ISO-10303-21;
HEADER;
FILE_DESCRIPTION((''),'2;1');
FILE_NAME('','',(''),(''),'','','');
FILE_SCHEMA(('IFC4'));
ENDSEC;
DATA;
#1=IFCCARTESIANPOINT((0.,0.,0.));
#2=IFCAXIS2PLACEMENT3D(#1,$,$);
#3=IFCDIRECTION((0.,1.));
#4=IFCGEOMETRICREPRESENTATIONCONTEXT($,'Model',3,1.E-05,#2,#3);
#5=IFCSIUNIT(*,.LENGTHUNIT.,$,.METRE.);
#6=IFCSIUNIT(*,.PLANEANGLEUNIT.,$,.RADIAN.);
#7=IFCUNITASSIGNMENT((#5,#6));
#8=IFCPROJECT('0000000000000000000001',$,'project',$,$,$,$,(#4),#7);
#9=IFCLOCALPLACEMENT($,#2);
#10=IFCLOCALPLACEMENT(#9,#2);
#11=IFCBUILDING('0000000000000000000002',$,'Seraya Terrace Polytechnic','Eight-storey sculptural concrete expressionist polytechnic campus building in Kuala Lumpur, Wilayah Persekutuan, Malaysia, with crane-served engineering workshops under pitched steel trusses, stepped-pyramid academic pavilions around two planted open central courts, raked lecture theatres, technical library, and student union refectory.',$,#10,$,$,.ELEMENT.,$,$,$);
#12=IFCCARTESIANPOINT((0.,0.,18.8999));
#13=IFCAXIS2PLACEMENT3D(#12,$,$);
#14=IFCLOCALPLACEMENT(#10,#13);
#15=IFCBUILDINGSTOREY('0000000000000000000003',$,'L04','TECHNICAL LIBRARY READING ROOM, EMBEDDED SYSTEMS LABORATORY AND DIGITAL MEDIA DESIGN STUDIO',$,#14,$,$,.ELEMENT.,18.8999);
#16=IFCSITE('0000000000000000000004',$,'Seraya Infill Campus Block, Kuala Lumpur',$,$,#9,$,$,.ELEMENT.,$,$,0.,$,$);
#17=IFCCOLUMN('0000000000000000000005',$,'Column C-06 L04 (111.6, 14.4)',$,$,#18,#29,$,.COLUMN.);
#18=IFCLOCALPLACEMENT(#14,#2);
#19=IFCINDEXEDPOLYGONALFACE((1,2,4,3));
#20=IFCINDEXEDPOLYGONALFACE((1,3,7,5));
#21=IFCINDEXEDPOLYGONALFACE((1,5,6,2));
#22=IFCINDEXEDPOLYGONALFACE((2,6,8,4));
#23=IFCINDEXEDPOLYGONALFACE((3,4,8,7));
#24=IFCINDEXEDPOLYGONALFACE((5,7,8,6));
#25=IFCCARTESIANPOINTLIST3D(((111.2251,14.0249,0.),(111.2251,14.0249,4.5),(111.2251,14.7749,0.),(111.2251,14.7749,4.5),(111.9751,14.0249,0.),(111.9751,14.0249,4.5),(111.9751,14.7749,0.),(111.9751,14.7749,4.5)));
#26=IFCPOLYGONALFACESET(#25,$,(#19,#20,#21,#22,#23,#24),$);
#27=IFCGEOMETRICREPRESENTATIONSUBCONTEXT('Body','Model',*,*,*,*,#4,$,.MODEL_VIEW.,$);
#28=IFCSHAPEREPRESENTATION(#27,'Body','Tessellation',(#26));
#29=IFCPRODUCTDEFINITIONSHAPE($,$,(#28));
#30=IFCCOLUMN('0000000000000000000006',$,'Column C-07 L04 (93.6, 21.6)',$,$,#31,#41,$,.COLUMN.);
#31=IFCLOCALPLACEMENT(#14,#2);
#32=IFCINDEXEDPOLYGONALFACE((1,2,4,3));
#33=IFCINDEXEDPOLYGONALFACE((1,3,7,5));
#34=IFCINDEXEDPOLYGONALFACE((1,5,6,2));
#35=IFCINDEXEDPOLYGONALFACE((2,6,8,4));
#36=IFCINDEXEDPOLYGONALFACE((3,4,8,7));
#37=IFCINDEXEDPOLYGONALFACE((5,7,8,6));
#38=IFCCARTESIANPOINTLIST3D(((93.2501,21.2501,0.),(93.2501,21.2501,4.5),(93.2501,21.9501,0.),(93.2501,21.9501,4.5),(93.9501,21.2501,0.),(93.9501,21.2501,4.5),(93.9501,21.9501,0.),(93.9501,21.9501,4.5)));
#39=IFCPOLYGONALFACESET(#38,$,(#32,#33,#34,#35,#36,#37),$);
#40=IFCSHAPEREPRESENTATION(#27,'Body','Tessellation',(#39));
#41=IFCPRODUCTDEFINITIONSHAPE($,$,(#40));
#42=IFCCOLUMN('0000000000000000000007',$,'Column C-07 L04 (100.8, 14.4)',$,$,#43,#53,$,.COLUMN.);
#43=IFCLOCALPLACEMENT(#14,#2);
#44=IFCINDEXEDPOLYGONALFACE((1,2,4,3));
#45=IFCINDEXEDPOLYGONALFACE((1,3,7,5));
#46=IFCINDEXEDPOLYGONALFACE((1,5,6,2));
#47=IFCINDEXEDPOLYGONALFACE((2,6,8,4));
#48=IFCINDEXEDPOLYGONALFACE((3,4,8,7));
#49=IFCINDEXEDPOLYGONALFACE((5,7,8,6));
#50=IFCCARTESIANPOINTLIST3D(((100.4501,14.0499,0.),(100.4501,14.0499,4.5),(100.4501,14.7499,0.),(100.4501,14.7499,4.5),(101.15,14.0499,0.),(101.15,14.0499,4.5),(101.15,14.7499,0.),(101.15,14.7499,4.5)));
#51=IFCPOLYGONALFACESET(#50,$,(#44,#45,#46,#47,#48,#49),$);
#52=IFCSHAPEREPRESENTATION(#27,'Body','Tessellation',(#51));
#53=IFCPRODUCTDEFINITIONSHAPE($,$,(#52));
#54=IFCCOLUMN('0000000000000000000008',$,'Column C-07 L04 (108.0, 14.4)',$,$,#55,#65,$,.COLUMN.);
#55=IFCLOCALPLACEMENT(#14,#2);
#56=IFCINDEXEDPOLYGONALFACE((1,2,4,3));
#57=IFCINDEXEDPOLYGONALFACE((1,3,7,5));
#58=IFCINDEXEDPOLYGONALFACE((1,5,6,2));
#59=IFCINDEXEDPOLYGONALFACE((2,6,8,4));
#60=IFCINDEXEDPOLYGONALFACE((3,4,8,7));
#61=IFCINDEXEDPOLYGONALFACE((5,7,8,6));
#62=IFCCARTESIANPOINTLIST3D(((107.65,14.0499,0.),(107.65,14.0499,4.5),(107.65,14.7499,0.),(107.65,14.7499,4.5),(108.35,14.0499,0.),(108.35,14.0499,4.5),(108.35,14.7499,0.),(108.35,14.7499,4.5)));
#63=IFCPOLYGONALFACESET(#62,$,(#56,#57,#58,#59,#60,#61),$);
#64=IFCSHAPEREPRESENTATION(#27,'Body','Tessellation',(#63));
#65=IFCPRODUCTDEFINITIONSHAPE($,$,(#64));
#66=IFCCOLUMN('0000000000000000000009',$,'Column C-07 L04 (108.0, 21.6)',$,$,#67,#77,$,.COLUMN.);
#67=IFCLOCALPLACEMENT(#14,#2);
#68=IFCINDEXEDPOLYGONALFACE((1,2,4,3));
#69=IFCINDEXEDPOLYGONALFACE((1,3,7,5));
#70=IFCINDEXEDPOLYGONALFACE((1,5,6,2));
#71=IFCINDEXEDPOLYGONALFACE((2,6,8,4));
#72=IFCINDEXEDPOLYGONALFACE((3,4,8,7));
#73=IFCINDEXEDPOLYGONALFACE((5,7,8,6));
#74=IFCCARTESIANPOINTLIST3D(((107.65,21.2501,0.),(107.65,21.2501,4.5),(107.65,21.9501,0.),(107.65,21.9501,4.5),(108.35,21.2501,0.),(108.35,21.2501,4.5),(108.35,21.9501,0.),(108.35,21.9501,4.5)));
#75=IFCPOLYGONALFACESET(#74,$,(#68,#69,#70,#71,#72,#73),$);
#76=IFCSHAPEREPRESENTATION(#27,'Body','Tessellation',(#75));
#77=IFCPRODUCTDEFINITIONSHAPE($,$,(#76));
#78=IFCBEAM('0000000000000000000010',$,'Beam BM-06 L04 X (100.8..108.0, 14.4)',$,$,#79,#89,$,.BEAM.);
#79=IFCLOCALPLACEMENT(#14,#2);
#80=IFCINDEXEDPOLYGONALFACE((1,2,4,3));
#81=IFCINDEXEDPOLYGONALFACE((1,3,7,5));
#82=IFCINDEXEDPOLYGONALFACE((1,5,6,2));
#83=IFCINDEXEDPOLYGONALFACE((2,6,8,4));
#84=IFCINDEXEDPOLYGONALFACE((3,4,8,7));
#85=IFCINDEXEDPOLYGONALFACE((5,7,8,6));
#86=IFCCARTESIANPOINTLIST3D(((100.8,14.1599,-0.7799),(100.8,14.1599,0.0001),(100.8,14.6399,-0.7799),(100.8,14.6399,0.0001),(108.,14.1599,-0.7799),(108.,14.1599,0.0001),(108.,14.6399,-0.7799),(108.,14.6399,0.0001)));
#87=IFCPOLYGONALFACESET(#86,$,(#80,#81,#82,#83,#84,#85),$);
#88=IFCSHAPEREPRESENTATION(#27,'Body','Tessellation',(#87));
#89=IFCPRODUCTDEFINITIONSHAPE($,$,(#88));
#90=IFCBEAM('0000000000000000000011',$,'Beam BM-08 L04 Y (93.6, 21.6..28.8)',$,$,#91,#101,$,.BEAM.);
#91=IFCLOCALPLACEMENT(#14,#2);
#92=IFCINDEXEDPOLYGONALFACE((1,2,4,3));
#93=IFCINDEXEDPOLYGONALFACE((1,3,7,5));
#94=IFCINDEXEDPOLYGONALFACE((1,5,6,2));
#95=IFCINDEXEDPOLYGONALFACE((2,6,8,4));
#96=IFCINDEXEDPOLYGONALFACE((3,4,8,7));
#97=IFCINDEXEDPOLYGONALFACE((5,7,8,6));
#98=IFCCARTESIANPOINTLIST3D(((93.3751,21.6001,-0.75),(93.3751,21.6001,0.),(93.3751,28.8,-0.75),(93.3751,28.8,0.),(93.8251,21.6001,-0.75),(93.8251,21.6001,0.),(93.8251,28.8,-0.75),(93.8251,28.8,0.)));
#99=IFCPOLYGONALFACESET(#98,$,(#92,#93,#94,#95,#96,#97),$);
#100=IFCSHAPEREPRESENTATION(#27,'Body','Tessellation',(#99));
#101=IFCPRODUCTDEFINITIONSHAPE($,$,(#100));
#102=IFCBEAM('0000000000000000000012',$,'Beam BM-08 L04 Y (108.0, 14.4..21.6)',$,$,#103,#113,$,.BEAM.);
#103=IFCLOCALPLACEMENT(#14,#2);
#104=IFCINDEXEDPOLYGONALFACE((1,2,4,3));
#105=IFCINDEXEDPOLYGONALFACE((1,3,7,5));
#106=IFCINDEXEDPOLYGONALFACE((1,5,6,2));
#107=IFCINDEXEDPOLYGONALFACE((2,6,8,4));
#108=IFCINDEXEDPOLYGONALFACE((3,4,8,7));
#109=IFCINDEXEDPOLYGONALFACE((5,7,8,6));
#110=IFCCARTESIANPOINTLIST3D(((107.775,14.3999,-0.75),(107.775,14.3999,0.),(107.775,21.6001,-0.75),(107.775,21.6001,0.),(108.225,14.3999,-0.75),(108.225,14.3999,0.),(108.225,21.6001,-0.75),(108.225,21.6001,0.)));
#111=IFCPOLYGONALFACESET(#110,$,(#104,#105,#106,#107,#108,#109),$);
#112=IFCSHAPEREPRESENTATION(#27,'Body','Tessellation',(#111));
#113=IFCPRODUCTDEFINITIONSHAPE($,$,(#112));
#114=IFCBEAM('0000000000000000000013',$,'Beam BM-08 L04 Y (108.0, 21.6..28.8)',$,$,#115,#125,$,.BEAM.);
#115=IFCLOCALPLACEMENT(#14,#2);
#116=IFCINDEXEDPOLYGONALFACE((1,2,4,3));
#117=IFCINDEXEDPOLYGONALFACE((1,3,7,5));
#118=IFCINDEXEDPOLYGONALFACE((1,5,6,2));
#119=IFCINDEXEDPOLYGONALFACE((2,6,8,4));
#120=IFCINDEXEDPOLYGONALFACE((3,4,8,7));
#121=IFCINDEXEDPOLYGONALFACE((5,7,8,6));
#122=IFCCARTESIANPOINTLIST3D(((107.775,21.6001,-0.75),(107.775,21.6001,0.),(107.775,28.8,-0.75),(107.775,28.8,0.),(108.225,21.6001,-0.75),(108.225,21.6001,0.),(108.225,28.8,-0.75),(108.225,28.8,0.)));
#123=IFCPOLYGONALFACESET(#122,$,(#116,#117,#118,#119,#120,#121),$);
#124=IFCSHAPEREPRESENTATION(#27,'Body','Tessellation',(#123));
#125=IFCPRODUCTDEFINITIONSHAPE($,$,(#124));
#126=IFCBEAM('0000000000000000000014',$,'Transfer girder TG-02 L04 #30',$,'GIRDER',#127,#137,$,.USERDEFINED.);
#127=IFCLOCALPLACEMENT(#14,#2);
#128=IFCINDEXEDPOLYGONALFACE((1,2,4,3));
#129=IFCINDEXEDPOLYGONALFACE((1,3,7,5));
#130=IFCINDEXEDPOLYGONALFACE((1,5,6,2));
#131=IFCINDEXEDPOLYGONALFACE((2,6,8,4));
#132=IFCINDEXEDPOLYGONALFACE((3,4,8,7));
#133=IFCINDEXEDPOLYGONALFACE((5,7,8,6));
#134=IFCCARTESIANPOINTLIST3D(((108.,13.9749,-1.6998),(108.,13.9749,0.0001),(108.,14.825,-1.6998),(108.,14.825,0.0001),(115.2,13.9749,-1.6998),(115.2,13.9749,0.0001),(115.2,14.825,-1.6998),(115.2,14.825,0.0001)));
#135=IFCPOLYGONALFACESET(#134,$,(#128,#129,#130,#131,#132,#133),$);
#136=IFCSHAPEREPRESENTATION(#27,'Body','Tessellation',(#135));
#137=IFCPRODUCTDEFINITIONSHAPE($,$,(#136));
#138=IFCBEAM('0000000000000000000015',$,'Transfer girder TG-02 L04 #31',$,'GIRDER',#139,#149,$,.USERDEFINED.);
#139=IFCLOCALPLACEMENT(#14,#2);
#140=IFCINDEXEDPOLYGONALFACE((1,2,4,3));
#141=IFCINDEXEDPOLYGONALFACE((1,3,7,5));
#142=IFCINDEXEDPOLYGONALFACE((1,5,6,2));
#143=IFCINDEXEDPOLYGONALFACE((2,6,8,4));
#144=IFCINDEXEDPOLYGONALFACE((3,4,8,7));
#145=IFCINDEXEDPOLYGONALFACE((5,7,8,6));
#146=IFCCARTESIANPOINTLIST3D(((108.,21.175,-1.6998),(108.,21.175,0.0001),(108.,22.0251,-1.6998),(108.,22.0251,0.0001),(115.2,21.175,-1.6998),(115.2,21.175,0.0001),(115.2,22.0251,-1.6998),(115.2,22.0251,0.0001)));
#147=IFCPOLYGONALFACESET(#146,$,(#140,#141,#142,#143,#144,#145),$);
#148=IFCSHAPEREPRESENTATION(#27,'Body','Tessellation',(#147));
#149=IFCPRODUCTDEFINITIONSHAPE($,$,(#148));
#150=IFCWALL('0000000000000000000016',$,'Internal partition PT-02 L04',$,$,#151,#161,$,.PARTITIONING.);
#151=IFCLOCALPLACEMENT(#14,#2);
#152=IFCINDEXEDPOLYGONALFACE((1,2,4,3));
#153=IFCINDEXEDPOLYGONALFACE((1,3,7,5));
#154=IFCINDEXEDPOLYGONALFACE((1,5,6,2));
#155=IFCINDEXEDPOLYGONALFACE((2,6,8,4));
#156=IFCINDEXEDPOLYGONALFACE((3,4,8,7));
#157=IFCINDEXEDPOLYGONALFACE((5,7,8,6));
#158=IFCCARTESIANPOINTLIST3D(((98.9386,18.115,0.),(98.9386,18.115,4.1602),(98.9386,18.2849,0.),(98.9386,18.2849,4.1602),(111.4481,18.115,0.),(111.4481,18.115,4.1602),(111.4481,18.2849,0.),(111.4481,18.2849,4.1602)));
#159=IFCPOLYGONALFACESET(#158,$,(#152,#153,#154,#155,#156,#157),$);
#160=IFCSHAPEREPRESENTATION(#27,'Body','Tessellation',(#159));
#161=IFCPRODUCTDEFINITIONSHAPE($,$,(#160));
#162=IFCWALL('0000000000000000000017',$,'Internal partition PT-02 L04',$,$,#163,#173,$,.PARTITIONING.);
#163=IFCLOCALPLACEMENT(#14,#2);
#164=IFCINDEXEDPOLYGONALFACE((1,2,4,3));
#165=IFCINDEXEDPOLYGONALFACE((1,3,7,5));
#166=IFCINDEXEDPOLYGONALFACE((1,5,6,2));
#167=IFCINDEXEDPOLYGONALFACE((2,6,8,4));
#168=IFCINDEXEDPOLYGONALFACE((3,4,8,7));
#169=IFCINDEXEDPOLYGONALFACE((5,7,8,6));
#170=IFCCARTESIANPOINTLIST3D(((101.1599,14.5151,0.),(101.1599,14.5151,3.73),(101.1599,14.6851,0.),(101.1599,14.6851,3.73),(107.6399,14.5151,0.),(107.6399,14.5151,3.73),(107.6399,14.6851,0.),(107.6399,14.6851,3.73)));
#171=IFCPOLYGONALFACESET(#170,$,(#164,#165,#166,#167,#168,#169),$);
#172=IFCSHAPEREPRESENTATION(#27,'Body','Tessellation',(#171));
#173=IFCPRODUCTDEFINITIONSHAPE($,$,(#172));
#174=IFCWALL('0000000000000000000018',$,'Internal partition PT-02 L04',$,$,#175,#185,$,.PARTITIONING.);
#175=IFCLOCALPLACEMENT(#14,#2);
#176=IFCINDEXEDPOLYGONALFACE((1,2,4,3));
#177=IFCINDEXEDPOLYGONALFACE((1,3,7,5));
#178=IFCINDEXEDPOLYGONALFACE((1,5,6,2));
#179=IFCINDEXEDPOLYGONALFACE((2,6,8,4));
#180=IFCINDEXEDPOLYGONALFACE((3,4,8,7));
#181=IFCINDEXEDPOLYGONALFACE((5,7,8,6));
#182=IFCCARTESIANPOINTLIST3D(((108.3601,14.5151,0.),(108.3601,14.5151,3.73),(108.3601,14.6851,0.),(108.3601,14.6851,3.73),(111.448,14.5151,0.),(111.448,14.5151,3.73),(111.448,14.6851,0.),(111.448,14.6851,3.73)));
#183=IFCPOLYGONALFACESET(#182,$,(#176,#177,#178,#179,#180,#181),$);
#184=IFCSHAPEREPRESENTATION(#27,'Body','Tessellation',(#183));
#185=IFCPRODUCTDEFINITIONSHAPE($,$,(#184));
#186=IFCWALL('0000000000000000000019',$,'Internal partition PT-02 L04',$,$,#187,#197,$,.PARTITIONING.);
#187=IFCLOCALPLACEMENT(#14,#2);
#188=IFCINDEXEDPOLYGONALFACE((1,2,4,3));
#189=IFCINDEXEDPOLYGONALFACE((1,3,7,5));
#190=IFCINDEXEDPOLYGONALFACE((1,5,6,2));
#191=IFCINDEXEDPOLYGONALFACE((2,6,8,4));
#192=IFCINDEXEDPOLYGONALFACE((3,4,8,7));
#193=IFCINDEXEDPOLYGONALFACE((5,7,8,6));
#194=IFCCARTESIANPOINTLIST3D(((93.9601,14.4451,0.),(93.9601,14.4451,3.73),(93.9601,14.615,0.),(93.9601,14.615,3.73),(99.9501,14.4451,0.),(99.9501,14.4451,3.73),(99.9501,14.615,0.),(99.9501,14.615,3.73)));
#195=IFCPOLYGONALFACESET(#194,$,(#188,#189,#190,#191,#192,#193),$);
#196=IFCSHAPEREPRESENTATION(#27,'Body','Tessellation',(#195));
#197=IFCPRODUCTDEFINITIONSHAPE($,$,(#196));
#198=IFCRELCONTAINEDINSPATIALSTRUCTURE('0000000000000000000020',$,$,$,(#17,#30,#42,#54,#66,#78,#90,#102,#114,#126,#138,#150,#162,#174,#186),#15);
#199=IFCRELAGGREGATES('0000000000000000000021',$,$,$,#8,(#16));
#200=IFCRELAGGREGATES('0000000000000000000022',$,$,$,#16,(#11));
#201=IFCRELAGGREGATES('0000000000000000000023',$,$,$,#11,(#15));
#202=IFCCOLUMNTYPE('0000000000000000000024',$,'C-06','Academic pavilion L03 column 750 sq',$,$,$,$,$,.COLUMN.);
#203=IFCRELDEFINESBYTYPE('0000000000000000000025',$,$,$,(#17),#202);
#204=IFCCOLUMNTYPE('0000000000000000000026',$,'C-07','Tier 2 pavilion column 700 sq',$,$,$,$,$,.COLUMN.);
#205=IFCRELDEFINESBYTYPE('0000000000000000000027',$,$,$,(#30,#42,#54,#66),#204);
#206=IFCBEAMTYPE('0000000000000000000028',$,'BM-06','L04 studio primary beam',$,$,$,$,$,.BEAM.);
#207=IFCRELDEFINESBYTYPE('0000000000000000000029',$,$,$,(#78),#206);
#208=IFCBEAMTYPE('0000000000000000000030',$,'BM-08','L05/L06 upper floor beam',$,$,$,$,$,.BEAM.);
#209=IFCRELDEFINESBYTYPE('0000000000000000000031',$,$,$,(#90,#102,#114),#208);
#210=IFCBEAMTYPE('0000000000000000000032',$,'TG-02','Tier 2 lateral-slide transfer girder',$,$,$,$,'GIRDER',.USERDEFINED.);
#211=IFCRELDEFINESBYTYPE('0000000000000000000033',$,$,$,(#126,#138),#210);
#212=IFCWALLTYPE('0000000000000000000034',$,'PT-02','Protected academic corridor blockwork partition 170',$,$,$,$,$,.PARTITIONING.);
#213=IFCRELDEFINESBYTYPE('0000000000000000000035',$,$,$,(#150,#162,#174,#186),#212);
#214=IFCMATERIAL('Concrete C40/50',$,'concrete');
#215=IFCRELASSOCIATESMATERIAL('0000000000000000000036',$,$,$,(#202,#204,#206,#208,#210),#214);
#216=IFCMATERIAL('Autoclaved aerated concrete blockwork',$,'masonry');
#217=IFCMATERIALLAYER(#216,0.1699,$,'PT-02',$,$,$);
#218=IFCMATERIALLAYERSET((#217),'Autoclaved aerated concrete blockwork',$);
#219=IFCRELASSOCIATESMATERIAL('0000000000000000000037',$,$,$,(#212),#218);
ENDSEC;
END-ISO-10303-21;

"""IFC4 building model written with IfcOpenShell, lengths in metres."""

from ifc_helpers import new_model, si_unit, direction, frame, frame_2d, origin, origin_2d, place, context, subcontext, project, spatial, rectangle, extrude, material, layer, layer_set, material_profile, profile_set, type_object, element, save


model = new_model("IFC4")

# Units and contexts
model_context = context("Model", 3, precision=1e-05, world=origin(), true_north=direction((0.0, 1.0)))
body_context = subcontext(model_context, "Body", "Model", "MODEL_VIEW")
ifc_project = project(units=[si_unit("LENGTHUNIT", "METRE"), si_unit("PLANEANGLEUNIT", "RADIAN")], contexts=[model_context])

# Site, building, storey
site_placement = place(None, origin())
site = spatial("IfcSite", under=ifc_project, at=site_placement, Name="Seraya Infill Campus Block, Kuala Lumpur", CompositionType="ELEMENT", RefElevation=0.0)
building_placement = place(site_placement, origin())
building = spatial("IfcBuilding", under=site, at=building_placement, Name="Seraya Terrace Polytechnic", Description="Eight-storey sculptural concrete expressionist polytechnic campus building in Kuala Lumpur, Wilayah Persekutuan, Malaysia, with crane-served engineering workshops under pitched steel trusses, stepped-pyramid academic pavilions around two planted open central courts, raked lecture theatres, technical library, and student union refectory.", CompositionType="ELEMENT")
storey_placement = place(building_placement, frame((0.0, 0.0, 18.8999)))
storey = spatial("IfcBuildingStorey", under=building, at=storey_placement, Name="L04", Description="TECHNICAL LIBRARY READING ROOM, EMBEDDED SYSTEMS LABORATORY AND DIGITAL MEDIA DESIGN STUDIO", CompositionType="ELEMENT", Elevation=18.8999)

# Columns
ifc_material_1 = material(Name="Concrete C40/50", Category="concrete")
ifc_material_profile_1 = material_profile(ifc_material_1, rectangle(XDim=0.75, YDim=0.75, at=origin_2d()), Name="RC 750x750")
ifc_profile_set_1 = profile_set([ifc_material_profile_1], Name="Concrete C40/50")
column_type_1 = type_object("IfcColumnType", Name="C-06", Description="Academic pavilion L03 column 750 sq", PredefinedType="COLUMN", material=ifc_profile_set_1)
column_placement = place(storey_placement, frame((111.6001, 14.3999, 0.0), z_axis=(0.0, 0.0, 1.0), x_axis=(1.0, 0.0, 0.0)))
element("IfcColumn", 1, at=column_placement, inside=storey, type_object=column_type_1, Name="Column C-06 L04 (111.6, 14.4)", PredefinedType="COLUMN", context=body_context, shape_type="SweptSolid", body=[
    extrude(rectangle(XDim=0.75, YDim=0.75, at=origin_2d()), origin(), (0.0, 0.0, 1.0), 4.5),
])
ifc_material_profile_2 = material_profile(ifc_material_1, rectangle(XDim=0.7, YDim=0.7, at=origin_2d()), Name="RC 700x700")
ifc_profile_set_2 = profile_set([ifc_material_profile_2], Name="Concrete C40/50")
column_type_2 = type_object("IfcColumnType", Name="C-07", Description="Tier 2 pavilion column 700 sq", PredefinedType="COLUMN", material=ifc_profile_set_2)
for number, where, z_axis, x_axis, name in (
    (2, (93.6001, 21.6001, 0.0), (0.0, 0.0, 1.0), (1.0, 0.0, 0.0), "Column C-07 L04 (93.6, 21.6)"),
    (3, (100.8, 14.3999, 0.0), (0.0, 0.0, 1.0), (1.0, 0.0, 0.0), "Column C-07 L04 (100.8, 14.4)"),
    (4, (108.0, 14.3999, 0.0), (0.0, 0.0, 1.0), (1.0, 0.0, 0.0), "Column C-07 L04 (108.0, 14.4)"),
    (5, (108.0, 21.6001, 0.0), (0.0, 0.0, 1.0), (1.0, 0.0, 0.0), "Column C-07 L04 (108.0, 21.6)"),
):
    element("IfcColumn", number, at=place(storey_placement, frame(where, z_axis=z_axis, x_axis=x_axis)), inside=storey, type_object=column_type_2, Name=name, PredefinedType="COLUMN", context=body_context, shape_type="SweptSolid", body=[
        extrude(rectangle(XDim=0.7, YDim=0.7, at=origin_2d()), origin(), (0.0, 0.0, 1.0), 4.5),
    ])

# Beams
ifc_material_profile_3 = material_profile(ifc_material_1, rectangle(XDim=0.48, YDim=0.78, at=origin_2d()), Name="RC 480x780")
ifc_profile_set_3 = profile_set([ifc_material_profile_3], Name="Concrete C40/50")
beam_type_1 = type_object("IfcBeamType", Name="BM-06", Description="L04 studio primary beam", PredefinedType="BEAM", material=ifc_profile_set_3)
beam_1_placement = place(storey_placement, frame((100.8, 14.3999, -0.3899), z_axis=(1.0, 0.0, 0.0), x_axis=(0.0, 1.0, 0.0)))
element("IfcBeam", 6, at=beam_1_placement, inside=storey, type_object=beam_type_1, Name="Beam BM-06 L04 X (100.8..108.0, 14.4)", PredefinedType="BEAM", context=body_context, shape_type="SweptSolid", body=[
    extrude(rectangle(XDim=0.48, YDim=0.78, at=origin_2d()), origin(), (0.0, 0.0, 1.0), 7.2),
])
ifc_material_profile_4 = material_profile(ifc_material_1, rectangle(XDim=0.45, YDim=0.75, at=origin_2d()), Name="RC 450x750")
ifc_profile_set_4 = profile_set([ifc_material_profile_4], Name="Concrete C40/50")
beam_type_2 = type_object("IfcBeamType", Name="BM-08", Description="L05/L06 upper floor beam", PredefinedType="BEAM", material=ifc_profile_set_4)
beam_2_placement = place(storey_placement, frame((93.6001, 21.6001, -0.375), z_axis=(0.0, 1.0, 0.0), x_axis=(-1.0, 0.0, 0.0)))
element("IfcBeam", 7, at=beam_2_placement, inside=storey, type_object=beam_type_2, Name="Beam BM-08 L04 Y (93.6, 21.6..28.8)", PredefinedType="BEAM", context=body_context, shape_type="SweptSolid", body=[
    extrude(rectangle(XDim=0.45, YDim=0.75, at=origin_2d()), origin(), (0.0, 0.0, 1.0), 7.2),
])
beam_3_placement = place(storey_placement, frame((108.0, 14.3999, -0.375), z_axis=(0.0, 1.0, 0.0), x_axis=(-1.0, 0.0, 0.0)))
element("IfcBeam", 8, at=beam_3_placement, inside=storey, type_object=beam_type_2, Name="Beam BM-08 L04 Y (108.0, 14.4..21.6)", PredefinedType="BEAM", context=body_context, shape_type="SweptSolid", body=[
    extrude(rectangle(XDim=0.45, YDim=0.75, at=origin_2d()), origin(), (0.0, 0.0, 1.0), 7.2002),
])
beam_4_placement = place(storey_placement, frame((108.0, 21.6001, -0.375), z_axis=(0.0, 1.0, 0.0), x_axis=(-1.0, 0.0, 0.0)))
element("IfcBeam", 9, at=beam_4_placement, inside=storey, type_object=beam_type_2, Name="Beam BM-08 L04 Y (108.0, 21.6..28.8)", PredefinedType="BEAM", context=body_context, shape_type="SweptSolid", body=[
    extrude(rectangle(XDim=0.45, YDim=0.75, at=origin_2d()), origin(), (0.0, 0.0, 1.0), 7.2),
])
ifc_material_profile_5 = material_profile(ifc_material_1, rectangle(XDim=0.8501, YDim=1.7, at=origin_2d()), Name="RC 850x1700")
ifc_profile_set_5 = profile_set([ifc_material_profile_5], Name="Concrete C40/50")
beam_type_3 = type_object("IfcBeamType", Name="TG-02", Description="Tier 2 lateral-slide transfer girder", ElementType="GIRDER", PredefinedType="USERDEFINED", material=ifc_profile_set_5)
for number, where, z_axis, x_axis, name in (
    (10, (108.0, 14.3999, -0.8499), (1.0, 0.0, 0.0), (0.0, 1.0, 0.0), "Transfer girder TG-02 L04 #30"),
    (11, (108.0, 21.6001, -0.8499), (1.0, 0.0, 0.0), (0.0, 1.0, 0.0), "Transfer girder TG-02 L04 #31"),
):
    element("IfcBeam", number, at=place(storey_placement, frame(where, z_axis=z_axis, x_axis=x_axis)), inside=storey, type_object=beam_type_3, Name=name, ObjectType="GIRDER", PredefinedType="USERDEFINED", context=body_context, shape_type="SweptSolid", body=[
        extrude(rectangle(XDim=0.8501, YDim=1.7, at=origin_2d()), origin(), (0.0, 0.0, 1.0), 7.2),
    ])

# Walls
ifc_material_2 = material(Name="Autoclaved aerated concrete blockwork", Category="masonry")
ifc_layer_1 = layer(ifc_material_2, 0.1699, Name="PT-02")
ifc_layer_set_1 = layer_set([ifc_layer_1], Name="Autoclaved aerated concrete blockwork")
wall_type_1 = type_object("IfcWallType", Name="PT-02", Description="Protected academic corridor blockwork partition 170", PredefinedType="PARTITIONING", material=ifc_layer_set_1)
wall_1_placement = place(storey_placement, frame((98.9385, 18.2, 0.0), z_axis=(0.0, 0.0, 1.0), x_axis=(1.0, 0.0, 0.0)))
element("IfcWall", 12, at=wall_1_placement, inside=storey, type_object=wall_type_1, Name="Internal partition PT-02 L04", PredefinedType="PARTITIONING", context=body_context, shape_type="SweptSolid", body=[
    extrude(rectangle(XDim=12.5095, YDim=0.1699, at=frame_2d((6.2549, 0.0))), origin(), (0.0, 0.0, 1.0), 4.1602),
])
wall_2_placement = place(storey_placement, frame((101.1599, 14.6001, 0.0), z_axis=(0.0, 0.0, 1.0), x_axis=(1.0, 0.0, 0.0)))
element("IfcWall", 13, at=wall_2_placement, inside=storey, type_object=wall_type_1, Name="Internal partition PT-02 L04", PredefinedType="PARTITIONING", context=body_context, shape_type="SweptSolid", body=[
    extrude(rectangle(XDim=6.48, YDim=0.1699, at=frame_2d((3.24, 0.0))), origin(), (0.0, 0.0, 1.0), 3.73),
])
wall_3_placement = place(storey_placement, frame((108.3601, 14.6001, 0.0), z_axis=(0.0, 0.0, 1.0), x_axis=(1.0, 0.0, 0.0)))
element("IfcWall", 14, at=wall_3_placement, inside=storey, type_object=wall_type_1, Name="Internal partition PT-02 L04", PredefinedType="PARTITIONING", context=body_context, shape_type="SweptSolid", body=[
    extrude(rectangle(XDim=3.0879, YDim=0.1699, at=frame_2d((1.5439, 0.0))), origin(), (0.0, 0.0, 1.0), 3.73),
])
wall_4_placement = place(storey_placement, frame((93.96, 14.53, 0.0), z_axis=(0.0, 0.0, 1.0), x_axis=(1.0, 0.0, 0.0)))
element("IfcWall", 15, at=wall_4_placement, inside=storey, type_object=wall_type_1, Name="Internal partition PT-02 L04", PredefinedType="PARTITIONING", context=body_context, shape_type="SweptSolid", body=[
    extrude(rectangle(XDim=5.99, YDim=0.1699, at=frame_2d((2.9951, 0.0))), origin(), (0.0, 0.0, 1.0), 3.73),
])

save(model, "model.ifc")
